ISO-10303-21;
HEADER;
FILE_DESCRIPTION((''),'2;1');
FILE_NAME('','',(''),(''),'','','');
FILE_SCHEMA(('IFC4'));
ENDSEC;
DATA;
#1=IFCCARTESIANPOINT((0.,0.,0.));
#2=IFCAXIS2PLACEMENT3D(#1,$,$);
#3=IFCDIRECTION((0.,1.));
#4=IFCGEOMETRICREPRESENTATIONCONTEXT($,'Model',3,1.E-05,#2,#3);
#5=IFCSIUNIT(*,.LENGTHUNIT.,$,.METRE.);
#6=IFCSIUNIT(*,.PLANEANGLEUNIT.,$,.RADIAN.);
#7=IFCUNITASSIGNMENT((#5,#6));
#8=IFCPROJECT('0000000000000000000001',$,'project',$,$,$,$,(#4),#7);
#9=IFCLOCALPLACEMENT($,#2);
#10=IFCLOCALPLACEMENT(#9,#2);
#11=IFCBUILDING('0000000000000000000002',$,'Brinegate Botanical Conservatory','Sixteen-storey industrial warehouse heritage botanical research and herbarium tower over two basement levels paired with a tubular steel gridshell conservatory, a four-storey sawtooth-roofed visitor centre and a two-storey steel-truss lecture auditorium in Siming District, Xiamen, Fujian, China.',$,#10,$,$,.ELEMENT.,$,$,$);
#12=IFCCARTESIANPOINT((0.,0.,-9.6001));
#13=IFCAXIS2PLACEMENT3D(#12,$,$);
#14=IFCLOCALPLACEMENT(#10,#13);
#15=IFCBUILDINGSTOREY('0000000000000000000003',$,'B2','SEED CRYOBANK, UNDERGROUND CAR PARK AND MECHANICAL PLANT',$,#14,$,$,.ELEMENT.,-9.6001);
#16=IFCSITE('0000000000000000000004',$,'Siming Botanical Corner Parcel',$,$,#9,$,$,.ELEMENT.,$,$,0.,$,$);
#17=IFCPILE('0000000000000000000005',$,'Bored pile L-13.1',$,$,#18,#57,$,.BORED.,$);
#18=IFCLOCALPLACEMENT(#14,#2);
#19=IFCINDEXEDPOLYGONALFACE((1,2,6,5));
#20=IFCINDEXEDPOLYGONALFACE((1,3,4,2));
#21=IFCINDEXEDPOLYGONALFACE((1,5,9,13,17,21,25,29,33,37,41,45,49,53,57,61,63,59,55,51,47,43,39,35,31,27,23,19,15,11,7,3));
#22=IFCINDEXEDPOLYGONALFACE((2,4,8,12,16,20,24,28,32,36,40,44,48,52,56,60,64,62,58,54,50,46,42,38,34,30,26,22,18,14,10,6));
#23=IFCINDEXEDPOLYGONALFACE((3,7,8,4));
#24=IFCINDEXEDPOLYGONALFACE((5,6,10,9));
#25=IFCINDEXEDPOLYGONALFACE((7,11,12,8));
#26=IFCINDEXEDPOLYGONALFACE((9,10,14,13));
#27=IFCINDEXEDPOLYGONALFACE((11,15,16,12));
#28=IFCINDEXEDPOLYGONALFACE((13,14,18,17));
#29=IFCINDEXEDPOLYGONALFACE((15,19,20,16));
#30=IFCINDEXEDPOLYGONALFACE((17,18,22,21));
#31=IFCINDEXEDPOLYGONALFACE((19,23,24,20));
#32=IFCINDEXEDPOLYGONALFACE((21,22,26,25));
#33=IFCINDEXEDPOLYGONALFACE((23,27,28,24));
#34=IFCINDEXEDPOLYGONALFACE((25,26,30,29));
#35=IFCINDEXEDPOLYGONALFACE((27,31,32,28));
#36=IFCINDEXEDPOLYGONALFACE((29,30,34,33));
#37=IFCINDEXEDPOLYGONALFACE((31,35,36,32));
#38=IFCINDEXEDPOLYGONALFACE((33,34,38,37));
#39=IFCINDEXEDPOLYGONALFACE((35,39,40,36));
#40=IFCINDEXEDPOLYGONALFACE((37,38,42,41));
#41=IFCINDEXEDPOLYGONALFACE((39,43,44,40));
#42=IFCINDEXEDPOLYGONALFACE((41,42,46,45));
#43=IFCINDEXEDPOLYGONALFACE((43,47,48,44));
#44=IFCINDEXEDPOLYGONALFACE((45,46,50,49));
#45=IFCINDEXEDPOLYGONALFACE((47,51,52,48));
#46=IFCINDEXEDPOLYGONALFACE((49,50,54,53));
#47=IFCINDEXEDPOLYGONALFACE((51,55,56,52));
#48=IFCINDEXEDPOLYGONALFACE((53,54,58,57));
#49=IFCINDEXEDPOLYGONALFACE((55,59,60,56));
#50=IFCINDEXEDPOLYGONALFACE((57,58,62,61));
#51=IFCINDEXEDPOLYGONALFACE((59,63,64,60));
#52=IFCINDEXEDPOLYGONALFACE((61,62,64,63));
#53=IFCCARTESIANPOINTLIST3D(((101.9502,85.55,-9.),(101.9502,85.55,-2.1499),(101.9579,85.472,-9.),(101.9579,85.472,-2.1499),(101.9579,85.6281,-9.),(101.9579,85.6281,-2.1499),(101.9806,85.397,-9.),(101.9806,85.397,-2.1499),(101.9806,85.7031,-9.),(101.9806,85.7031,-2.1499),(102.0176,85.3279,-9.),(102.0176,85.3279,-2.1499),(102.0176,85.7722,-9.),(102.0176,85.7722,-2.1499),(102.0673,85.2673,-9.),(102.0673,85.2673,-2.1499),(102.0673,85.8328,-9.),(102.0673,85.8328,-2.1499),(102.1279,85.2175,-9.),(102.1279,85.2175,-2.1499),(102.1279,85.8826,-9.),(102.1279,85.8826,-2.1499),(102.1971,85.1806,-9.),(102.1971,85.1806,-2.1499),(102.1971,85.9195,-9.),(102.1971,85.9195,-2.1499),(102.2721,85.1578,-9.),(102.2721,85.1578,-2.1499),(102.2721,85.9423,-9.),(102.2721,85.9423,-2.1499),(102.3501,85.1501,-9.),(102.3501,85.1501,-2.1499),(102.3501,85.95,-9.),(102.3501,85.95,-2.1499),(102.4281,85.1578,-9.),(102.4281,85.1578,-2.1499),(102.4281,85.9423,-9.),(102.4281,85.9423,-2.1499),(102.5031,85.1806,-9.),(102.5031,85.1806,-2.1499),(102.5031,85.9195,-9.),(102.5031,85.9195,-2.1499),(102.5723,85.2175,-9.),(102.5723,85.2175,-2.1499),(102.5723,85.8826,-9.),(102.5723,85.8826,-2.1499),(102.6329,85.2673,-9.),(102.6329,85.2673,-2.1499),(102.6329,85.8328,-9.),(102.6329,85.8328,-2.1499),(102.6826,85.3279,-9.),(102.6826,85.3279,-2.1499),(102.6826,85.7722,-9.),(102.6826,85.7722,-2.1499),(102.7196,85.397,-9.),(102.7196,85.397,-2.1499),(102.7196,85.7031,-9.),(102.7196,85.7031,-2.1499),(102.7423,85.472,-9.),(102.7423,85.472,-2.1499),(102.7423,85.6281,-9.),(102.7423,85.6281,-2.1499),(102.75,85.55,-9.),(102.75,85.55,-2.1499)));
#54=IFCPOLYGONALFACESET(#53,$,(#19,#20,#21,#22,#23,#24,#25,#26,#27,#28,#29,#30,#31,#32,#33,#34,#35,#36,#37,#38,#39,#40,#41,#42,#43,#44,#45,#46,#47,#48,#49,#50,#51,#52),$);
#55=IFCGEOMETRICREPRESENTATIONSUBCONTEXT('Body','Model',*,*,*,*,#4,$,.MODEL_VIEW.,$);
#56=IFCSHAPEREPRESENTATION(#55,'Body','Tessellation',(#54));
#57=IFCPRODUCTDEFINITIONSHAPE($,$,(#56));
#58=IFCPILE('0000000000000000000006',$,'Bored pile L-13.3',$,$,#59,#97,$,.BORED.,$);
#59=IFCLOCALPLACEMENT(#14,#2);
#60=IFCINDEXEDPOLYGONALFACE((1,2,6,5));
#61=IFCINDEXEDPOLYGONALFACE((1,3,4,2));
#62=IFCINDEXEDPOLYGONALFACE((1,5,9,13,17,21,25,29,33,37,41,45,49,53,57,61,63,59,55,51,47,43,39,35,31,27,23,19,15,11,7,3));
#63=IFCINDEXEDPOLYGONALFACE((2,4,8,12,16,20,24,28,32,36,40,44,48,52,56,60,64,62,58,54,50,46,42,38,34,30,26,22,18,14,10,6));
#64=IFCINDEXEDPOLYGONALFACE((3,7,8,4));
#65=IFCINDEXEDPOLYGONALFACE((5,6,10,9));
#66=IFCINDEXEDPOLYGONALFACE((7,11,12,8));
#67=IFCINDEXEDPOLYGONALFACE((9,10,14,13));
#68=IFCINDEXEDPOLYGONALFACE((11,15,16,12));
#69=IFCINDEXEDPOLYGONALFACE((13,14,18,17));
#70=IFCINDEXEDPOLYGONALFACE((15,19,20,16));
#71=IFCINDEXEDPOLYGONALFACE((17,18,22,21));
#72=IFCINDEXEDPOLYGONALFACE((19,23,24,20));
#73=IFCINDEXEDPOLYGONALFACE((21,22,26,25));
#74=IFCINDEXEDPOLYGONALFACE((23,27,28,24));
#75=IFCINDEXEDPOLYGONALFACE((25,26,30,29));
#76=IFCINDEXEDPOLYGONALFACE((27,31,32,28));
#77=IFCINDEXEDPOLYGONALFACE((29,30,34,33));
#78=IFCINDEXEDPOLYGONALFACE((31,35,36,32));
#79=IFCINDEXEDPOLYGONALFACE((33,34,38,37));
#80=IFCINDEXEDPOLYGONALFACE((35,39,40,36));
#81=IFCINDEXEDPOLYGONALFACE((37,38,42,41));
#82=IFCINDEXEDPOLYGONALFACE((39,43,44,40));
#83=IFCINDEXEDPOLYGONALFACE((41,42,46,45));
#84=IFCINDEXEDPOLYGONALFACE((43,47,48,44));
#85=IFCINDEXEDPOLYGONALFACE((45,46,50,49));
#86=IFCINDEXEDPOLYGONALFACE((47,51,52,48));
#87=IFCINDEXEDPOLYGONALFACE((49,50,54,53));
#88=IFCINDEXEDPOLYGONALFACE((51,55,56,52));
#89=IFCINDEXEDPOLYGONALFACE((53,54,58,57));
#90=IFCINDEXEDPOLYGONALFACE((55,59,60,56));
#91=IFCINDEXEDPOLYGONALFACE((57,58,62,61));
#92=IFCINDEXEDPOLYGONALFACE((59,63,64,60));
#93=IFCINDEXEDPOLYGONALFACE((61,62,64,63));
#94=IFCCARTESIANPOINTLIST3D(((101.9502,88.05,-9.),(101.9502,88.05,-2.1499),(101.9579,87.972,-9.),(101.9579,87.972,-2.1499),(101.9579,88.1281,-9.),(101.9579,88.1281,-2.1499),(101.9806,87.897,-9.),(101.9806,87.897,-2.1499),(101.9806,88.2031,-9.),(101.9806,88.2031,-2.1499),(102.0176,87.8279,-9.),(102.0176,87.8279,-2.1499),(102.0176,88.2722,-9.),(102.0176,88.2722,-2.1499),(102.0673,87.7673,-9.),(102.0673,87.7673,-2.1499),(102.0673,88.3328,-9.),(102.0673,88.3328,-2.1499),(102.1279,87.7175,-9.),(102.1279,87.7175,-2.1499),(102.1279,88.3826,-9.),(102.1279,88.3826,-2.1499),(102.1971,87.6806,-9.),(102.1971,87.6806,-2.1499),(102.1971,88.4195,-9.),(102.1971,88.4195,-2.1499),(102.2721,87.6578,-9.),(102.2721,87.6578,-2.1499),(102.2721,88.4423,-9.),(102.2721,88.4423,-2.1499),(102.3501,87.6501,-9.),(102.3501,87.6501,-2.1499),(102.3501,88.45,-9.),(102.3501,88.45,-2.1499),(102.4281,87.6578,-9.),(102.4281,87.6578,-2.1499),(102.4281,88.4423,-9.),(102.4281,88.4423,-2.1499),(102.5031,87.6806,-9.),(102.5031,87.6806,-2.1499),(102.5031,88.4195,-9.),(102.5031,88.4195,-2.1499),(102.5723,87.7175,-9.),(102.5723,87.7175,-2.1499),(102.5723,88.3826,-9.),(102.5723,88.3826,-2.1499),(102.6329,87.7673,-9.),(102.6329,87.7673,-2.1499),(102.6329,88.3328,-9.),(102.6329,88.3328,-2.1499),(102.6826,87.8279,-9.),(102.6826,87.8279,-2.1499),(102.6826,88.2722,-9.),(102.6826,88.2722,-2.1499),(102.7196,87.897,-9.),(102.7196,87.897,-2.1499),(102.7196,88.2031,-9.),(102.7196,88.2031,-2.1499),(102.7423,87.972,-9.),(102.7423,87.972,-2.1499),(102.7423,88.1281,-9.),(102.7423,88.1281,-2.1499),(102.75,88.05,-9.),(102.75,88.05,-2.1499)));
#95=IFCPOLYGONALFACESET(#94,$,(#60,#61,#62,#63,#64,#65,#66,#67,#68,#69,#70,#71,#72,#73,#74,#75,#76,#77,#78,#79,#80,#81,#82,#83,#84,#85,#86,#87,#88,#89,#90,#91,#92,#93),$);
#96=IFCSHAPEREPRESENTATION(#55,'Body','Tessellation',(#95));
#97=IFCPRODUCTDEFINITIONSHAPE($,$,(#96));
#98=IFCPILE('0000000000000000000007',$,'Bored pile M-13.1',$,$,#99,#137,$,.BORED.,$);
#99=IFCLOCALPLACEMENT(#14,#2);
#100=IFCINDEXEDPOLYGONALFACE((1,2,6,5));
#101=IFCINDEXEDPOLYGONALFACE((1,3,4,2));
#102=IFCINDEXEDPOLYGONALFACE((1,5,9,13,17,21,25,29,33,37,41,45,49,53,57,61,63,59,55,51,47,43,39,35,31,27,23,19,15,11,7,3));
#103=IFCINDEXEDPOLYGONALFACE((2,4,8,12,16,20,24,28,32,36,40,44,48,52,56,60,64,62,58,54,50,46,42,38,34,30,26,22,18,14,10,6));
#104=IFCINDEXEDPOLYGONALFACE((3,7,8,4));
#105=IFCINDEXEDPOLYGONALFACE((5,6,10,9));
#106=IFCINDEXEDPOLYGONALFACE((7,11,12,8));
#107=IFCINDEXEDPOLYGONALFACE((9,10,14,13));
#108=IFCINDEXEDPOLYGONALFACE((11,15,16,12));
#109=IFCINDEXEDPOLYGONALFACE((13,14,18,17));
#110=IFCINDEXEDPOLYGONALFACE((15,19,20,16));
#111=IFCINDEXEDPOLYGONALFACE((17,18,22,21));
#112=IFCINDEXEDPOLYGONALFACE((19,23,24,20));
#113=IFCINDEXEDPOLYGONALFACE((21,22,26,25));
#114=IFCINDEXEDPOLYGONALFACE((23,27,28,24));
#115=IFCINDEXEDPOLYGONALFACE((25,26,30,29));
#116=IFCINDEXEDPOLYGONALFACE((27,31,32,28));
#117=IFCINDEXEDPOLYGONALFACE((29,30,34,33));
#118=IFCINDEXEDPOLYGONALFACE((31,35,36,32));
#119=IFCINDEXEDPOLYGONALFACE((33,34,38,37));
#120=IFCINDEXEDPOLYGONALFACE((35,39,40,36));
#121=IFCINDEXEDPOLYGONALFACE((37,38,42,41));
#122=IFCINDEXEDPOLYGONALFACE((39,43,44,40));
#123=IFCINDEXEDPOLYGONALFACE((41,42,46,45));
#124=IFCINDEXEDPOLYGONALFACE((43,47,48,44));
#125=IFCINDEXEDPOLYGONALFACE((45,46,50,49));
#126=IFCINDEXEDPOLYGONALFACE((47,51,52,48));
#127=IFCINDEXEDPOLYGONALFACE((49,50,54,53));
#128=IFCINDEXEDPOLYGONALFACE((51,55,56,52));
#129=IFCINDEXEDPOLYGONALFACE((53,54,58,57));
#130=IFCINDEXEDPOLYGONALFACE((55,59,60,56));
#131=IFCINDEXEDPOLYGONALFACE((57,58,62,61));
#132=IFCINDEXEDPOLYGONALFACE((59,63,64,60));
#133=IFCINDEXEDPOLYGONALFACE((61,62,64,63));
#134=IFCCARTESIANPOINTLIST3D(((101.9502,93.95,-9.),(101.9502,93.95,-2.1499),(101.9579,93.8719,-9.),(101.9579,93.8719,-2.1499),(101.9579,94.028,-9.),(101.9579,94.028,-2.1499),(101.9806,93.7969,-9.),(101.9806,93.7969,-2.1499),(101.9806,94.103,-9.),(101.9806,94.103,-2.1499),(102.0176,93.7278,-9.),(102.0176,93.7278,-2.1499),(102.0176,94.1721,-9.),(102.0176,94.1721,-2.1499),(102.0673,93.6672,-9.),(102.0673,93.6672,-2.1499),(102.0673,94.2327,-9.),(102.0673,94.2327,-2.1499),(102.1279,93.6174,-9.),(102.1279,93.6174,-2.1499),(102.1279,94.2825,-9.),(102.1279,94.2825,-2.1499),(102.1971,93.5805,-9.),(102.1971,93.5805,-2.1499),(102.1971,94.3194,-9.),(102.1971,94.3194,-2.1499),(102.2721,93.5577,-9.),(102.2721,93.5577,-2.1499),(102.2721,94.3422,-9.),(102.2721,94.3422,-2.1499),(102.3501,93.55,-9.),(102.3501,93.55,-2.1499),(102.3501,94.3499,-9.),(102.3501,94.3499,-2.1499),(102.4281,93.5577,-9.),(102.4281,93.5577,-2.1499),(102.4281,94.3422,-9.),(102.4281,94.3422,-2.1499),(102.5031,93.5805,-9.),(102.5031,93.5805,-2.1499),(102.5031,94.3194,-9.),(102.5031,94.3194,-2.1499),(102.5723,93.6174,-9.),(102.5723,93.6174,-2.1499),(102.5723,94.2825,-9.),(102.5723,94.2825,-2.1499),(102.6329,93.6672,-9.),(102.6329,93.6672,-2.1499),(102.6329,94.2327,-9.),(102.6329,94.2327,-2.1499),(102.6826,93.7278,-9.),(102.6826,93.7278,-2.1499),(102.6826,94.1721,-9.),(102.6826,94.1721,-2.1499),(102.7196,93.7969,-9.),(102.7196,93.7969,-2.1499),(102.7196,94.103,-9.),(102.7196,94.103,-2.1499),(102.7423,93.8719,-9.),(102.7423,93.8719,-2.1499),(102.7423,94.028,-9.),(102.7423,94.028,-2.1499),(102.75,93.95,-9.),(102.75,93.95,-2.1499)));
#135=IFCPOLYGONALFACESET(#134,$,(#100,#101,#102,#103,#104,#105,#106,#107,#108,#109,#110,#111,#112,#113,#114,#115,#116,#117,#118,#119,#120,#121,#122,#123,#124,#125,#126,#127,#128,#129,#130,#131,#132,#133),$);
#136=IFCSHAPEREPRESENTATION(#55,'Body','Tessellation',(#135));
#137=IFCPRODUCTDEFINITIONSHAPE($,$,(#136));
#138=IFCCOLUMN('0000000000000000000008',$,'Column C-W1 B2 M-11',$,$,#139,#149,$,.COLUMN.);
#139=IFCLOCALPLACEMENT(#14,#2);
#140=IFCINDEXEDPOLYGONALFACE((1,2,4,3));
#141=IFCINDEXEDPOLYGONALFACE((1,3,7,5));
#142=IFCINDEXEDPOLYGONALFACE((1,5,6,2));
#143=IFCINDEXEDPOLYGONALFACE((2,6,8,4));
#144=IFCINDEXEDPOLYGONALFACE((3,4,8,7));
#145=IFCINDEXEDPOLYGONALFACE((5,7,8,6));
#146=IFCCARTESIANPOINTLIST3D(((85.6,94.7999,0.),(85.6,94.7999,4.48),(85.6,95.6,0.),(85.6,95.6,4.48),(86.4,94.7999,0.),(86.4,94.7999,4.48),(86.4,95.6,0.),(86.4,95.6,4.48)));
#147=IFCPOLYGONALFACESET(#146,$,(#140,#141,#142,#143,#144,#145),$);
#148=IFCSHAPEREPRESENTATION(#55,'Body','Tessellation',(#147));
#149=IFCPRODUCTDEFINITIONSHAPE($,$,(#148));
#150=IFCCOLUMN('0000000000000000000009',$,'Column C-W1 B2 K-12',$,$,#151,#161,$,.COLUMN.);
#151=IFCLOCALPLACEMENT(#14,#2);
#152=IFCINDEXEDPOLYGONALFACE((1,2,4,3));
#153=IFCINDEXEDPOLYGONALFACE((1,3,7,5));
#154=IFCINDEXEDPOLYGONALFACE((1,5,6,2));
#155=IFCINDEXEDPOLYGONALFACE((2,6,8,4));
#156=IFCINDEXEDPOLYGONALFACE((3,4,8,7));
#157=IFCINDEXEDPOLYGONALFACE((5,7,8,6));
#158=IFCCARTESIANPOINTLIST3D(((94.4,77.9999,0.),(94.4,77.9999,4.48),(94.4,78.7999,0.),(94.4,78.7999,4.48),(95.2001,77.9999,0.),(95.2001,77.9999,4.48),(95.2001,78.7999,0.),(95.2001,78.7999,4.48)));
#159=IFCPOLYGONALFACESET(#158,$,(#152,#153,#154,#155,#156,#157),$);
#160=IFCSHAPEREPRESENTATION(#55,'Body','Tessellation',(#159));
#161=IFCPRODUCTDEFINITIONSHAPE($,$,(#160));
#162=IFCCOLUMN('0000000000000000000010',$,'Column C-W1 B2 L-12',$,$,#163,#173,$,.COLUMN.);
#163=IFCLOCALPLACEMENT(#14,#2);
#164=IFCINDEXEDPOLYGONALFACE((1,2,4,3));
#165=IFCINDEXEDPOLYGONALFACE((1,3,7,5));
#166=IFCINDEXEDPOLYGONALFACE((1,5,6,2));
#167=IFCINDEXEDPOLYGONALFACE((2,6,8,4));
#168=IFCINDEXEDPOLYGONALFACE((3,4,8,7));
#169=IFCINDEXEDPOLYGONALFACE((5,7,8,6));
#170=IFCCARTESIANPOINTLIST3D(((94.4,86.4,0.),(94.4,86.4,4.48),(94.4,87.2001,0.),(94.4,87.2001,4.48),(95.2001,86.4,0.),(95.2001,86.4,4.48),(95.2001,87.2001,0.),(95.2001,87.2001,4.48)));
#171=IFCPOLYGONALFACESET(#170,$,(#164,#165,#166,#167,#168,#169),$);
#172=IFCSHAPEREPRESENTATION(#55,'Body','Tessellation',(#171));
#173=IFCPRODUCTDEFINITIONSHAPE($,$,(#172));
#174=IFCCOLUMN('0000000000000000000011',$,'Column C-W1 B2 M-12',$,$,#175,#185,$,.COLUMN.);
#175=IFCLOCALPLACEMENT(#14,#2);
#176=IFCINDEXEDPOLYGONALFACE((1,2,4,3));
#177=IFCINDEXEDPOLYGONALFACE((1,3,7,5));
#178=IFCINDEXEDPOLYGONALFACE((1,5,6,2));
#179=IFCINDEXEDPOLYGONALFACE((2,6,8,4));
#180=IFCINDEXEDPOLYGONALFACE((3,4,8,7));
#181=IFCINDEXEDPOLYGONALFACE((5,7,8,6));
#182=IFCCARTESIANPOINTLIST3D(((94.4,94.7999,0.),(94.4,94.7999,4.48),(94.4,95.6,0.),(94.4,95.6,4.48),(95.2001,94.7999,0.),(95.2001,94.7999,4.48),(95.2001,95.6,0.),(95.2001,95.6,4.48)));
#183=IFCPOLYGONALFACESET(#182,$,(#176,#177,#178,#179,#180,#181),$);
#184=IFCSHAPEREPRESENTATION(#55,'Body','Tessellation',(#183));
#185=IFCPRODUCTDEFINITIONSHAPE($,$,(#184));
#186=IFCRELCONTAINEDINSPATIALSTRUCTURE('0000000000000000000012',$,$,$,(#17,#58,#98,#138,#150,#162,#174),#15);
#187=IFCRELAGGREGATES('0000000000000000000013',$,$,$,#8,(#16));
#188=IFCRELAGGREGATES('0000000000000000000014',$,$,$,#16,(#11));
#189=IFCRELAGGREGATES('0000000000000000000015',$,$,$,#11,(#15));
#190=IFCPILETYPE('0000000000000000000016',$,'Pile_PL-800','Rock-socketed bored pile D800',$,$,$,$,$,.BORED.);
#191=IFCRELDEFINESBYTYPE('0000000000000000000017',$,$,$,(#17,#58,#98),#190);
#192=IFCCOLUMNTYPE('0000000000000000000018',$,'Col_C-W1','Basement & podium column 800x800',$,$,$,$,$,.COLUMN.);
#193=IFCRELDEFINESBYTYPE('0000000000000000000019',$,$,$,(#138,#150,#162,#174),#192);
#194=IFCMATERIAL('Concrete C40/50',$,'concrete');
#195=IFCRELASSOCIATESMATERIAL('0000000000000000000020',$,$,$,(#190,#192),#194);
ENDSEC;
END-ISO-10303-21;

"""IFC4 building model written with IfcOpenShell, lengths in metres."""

from ifc_helpers import new_model, si_unit, direction, frame, origin, origin_2d, place, context, subcontext, project, spatial, rectangle, circle, extrude, material, material_profile, profile_set, type_object, element, save


model = new_model("IFC4")

# Units and contexts
model_context = context("Model", 3, precision=1e-05, world=origin(), true_north=direction((0.0, 1.0)))
body_context = subcontext(model_context, "Body", "Model", "MODEL_VIEW")
ifc_project = project(units=[si_unit("LENGTHUNIT", "METRE"), si_unit("PLANEANGLEUNIT", "RADIAN")], contexts=[model_context])

# Site, building, storey
site_placement = place(None, origin())
site = spatial("IfcSite", under=ifc_project, at=site_placement, Name="Siming Botanical Corner Parcel", CompositionType="ELEMENT", RefElevation=0.0)
building_placement = place(site_placement, origin())
building = spatial("IfcBuilding", under=site, at=building_placement, Name="Brinegate Botanical Conservatory", Description="Sixteen-storey industrial warehouse heritage botanical research and herbarium tower over two basement levels paired with a tubular steel gridshell conservatory, a four-storey sawtooth-roofed visitor centre and a two-storey steel-truss lecture auditorium in Siming District, Xiamen, Fujian, China.", CompositionType="ELEMENT")
storey_placement = place(building_placement, frame((0.0, 0.0, -9.6001)))
storey = spatial("IfcBuildingStorey", under=building, at=storey_placement, Name="B2", Description="SEED CRYOBANK, UNDERGROUND CAR PARK AND MECHANICAL PLANT", CompositionType="ELEMENT", Elevation=-9.6001)

# Shared definitions
ifc_material = material(Name="Concrete C40/50", Category="concrete")

# Piles
ifc_material_profile_1 = material_profile(ifc_material, circle(Radius=0.3999, at=origin_2d()), Name="PILE D800")
ifc_profile_set_1 = profile_set([ifc_material_profile_1], Name="Concrete C40/50")
pile_type = type_object("IfcPileType", Name="Pile_PL-800", Description="Rock-socketed bored pile D800", PredefinedType="BORED", material=ifc_profile_set_1)
for number, where, z_axis, x_axis, name in (
    (1, (102.3501, 85.55, -2.1499), (0.0, 0.0, -1.0), (1.0, 0.0, 0.0), "Bored pile L-13.1"),
    (2, (102.3501, 88.05, -2.1499), (0.0, 0.0, -1.0), (1.0, 0.0, 0.0), "Bored pile L-13.3"),
    (3, (102.3501, 93.95, -2.1499), (0.0, 0.0, -1.0), (1.0, 0.0, 0.0), "Bored pile M-13.1"),
):
    element("IfcPile", number, at=place(storey_placement, frame(where, z_axis=z_axis, x_axis=x_axis)), inside=storey, type_object=pile_type, Name=name, PredefinedType="BORED", context=body_context, shape_type="SweptSolid", body=[
        extrude(circle(Radius=0.3999, at=origin_2d()), origin(), (0.0, 0.0, 1.0), 6.8501),
    ])

# Columns
ifc_material_profile_2 = material_profile(ifc_material, rectangle(XDim=0.8, YDim=0.8, at=origin_2d()), Name="RC COL 800x800")
ifc_profile_set_2 = profile_set([ifc_material_profile_2], Name="Concrete C40/50")
column_type = type_object("IfcColumnType", Name="Col_C-W1", Description="Basement & podium column 800x800", PredefinedType="COLUMN", material=ifc_profile_set_2)
for number, where, z_axis, x_axis, name in (
    (4, (86.0, 95.2, 0.0), (0.0, 0.0, 1.0), (1.0, 0.0, 0.0), "Column C-W1 B2 M-11"),
    (5, (94.8, 78.3999, 0.0), (0.0, 0.0, 1.0), (1.0, 0.0, 0.0), "Column C-W1 B2 K-12"),
    (6, (94.8, 86.8, 0.0), (0.0, 0.0, 1.0), (1.0, 0.0, 0.0), "Column C-W1 B2 L-12"),
    (7, (94.8, 95.2, 0.0), (0.0, 0.0, 1.0), (1.0, 0.0, 0.0), "Column C-W1 B2 M-12"),
):
    element("IfcColumn", number, at=place(storey_placement, frame(where, z_axis=z_axis, x_axis=x_axis)), inside=storey, type_object=column_type, Name=name, PredefinedType="COLUMN", context=body_context, shape_type="SweptSolid", body=[
        extrude(rectangle(XDim=0.8, YDim=0.8, at=origin_2d()), origin(), (0.0, 0.0, 1.0), 4.48),
    ])

save(model, "model.ifc")
